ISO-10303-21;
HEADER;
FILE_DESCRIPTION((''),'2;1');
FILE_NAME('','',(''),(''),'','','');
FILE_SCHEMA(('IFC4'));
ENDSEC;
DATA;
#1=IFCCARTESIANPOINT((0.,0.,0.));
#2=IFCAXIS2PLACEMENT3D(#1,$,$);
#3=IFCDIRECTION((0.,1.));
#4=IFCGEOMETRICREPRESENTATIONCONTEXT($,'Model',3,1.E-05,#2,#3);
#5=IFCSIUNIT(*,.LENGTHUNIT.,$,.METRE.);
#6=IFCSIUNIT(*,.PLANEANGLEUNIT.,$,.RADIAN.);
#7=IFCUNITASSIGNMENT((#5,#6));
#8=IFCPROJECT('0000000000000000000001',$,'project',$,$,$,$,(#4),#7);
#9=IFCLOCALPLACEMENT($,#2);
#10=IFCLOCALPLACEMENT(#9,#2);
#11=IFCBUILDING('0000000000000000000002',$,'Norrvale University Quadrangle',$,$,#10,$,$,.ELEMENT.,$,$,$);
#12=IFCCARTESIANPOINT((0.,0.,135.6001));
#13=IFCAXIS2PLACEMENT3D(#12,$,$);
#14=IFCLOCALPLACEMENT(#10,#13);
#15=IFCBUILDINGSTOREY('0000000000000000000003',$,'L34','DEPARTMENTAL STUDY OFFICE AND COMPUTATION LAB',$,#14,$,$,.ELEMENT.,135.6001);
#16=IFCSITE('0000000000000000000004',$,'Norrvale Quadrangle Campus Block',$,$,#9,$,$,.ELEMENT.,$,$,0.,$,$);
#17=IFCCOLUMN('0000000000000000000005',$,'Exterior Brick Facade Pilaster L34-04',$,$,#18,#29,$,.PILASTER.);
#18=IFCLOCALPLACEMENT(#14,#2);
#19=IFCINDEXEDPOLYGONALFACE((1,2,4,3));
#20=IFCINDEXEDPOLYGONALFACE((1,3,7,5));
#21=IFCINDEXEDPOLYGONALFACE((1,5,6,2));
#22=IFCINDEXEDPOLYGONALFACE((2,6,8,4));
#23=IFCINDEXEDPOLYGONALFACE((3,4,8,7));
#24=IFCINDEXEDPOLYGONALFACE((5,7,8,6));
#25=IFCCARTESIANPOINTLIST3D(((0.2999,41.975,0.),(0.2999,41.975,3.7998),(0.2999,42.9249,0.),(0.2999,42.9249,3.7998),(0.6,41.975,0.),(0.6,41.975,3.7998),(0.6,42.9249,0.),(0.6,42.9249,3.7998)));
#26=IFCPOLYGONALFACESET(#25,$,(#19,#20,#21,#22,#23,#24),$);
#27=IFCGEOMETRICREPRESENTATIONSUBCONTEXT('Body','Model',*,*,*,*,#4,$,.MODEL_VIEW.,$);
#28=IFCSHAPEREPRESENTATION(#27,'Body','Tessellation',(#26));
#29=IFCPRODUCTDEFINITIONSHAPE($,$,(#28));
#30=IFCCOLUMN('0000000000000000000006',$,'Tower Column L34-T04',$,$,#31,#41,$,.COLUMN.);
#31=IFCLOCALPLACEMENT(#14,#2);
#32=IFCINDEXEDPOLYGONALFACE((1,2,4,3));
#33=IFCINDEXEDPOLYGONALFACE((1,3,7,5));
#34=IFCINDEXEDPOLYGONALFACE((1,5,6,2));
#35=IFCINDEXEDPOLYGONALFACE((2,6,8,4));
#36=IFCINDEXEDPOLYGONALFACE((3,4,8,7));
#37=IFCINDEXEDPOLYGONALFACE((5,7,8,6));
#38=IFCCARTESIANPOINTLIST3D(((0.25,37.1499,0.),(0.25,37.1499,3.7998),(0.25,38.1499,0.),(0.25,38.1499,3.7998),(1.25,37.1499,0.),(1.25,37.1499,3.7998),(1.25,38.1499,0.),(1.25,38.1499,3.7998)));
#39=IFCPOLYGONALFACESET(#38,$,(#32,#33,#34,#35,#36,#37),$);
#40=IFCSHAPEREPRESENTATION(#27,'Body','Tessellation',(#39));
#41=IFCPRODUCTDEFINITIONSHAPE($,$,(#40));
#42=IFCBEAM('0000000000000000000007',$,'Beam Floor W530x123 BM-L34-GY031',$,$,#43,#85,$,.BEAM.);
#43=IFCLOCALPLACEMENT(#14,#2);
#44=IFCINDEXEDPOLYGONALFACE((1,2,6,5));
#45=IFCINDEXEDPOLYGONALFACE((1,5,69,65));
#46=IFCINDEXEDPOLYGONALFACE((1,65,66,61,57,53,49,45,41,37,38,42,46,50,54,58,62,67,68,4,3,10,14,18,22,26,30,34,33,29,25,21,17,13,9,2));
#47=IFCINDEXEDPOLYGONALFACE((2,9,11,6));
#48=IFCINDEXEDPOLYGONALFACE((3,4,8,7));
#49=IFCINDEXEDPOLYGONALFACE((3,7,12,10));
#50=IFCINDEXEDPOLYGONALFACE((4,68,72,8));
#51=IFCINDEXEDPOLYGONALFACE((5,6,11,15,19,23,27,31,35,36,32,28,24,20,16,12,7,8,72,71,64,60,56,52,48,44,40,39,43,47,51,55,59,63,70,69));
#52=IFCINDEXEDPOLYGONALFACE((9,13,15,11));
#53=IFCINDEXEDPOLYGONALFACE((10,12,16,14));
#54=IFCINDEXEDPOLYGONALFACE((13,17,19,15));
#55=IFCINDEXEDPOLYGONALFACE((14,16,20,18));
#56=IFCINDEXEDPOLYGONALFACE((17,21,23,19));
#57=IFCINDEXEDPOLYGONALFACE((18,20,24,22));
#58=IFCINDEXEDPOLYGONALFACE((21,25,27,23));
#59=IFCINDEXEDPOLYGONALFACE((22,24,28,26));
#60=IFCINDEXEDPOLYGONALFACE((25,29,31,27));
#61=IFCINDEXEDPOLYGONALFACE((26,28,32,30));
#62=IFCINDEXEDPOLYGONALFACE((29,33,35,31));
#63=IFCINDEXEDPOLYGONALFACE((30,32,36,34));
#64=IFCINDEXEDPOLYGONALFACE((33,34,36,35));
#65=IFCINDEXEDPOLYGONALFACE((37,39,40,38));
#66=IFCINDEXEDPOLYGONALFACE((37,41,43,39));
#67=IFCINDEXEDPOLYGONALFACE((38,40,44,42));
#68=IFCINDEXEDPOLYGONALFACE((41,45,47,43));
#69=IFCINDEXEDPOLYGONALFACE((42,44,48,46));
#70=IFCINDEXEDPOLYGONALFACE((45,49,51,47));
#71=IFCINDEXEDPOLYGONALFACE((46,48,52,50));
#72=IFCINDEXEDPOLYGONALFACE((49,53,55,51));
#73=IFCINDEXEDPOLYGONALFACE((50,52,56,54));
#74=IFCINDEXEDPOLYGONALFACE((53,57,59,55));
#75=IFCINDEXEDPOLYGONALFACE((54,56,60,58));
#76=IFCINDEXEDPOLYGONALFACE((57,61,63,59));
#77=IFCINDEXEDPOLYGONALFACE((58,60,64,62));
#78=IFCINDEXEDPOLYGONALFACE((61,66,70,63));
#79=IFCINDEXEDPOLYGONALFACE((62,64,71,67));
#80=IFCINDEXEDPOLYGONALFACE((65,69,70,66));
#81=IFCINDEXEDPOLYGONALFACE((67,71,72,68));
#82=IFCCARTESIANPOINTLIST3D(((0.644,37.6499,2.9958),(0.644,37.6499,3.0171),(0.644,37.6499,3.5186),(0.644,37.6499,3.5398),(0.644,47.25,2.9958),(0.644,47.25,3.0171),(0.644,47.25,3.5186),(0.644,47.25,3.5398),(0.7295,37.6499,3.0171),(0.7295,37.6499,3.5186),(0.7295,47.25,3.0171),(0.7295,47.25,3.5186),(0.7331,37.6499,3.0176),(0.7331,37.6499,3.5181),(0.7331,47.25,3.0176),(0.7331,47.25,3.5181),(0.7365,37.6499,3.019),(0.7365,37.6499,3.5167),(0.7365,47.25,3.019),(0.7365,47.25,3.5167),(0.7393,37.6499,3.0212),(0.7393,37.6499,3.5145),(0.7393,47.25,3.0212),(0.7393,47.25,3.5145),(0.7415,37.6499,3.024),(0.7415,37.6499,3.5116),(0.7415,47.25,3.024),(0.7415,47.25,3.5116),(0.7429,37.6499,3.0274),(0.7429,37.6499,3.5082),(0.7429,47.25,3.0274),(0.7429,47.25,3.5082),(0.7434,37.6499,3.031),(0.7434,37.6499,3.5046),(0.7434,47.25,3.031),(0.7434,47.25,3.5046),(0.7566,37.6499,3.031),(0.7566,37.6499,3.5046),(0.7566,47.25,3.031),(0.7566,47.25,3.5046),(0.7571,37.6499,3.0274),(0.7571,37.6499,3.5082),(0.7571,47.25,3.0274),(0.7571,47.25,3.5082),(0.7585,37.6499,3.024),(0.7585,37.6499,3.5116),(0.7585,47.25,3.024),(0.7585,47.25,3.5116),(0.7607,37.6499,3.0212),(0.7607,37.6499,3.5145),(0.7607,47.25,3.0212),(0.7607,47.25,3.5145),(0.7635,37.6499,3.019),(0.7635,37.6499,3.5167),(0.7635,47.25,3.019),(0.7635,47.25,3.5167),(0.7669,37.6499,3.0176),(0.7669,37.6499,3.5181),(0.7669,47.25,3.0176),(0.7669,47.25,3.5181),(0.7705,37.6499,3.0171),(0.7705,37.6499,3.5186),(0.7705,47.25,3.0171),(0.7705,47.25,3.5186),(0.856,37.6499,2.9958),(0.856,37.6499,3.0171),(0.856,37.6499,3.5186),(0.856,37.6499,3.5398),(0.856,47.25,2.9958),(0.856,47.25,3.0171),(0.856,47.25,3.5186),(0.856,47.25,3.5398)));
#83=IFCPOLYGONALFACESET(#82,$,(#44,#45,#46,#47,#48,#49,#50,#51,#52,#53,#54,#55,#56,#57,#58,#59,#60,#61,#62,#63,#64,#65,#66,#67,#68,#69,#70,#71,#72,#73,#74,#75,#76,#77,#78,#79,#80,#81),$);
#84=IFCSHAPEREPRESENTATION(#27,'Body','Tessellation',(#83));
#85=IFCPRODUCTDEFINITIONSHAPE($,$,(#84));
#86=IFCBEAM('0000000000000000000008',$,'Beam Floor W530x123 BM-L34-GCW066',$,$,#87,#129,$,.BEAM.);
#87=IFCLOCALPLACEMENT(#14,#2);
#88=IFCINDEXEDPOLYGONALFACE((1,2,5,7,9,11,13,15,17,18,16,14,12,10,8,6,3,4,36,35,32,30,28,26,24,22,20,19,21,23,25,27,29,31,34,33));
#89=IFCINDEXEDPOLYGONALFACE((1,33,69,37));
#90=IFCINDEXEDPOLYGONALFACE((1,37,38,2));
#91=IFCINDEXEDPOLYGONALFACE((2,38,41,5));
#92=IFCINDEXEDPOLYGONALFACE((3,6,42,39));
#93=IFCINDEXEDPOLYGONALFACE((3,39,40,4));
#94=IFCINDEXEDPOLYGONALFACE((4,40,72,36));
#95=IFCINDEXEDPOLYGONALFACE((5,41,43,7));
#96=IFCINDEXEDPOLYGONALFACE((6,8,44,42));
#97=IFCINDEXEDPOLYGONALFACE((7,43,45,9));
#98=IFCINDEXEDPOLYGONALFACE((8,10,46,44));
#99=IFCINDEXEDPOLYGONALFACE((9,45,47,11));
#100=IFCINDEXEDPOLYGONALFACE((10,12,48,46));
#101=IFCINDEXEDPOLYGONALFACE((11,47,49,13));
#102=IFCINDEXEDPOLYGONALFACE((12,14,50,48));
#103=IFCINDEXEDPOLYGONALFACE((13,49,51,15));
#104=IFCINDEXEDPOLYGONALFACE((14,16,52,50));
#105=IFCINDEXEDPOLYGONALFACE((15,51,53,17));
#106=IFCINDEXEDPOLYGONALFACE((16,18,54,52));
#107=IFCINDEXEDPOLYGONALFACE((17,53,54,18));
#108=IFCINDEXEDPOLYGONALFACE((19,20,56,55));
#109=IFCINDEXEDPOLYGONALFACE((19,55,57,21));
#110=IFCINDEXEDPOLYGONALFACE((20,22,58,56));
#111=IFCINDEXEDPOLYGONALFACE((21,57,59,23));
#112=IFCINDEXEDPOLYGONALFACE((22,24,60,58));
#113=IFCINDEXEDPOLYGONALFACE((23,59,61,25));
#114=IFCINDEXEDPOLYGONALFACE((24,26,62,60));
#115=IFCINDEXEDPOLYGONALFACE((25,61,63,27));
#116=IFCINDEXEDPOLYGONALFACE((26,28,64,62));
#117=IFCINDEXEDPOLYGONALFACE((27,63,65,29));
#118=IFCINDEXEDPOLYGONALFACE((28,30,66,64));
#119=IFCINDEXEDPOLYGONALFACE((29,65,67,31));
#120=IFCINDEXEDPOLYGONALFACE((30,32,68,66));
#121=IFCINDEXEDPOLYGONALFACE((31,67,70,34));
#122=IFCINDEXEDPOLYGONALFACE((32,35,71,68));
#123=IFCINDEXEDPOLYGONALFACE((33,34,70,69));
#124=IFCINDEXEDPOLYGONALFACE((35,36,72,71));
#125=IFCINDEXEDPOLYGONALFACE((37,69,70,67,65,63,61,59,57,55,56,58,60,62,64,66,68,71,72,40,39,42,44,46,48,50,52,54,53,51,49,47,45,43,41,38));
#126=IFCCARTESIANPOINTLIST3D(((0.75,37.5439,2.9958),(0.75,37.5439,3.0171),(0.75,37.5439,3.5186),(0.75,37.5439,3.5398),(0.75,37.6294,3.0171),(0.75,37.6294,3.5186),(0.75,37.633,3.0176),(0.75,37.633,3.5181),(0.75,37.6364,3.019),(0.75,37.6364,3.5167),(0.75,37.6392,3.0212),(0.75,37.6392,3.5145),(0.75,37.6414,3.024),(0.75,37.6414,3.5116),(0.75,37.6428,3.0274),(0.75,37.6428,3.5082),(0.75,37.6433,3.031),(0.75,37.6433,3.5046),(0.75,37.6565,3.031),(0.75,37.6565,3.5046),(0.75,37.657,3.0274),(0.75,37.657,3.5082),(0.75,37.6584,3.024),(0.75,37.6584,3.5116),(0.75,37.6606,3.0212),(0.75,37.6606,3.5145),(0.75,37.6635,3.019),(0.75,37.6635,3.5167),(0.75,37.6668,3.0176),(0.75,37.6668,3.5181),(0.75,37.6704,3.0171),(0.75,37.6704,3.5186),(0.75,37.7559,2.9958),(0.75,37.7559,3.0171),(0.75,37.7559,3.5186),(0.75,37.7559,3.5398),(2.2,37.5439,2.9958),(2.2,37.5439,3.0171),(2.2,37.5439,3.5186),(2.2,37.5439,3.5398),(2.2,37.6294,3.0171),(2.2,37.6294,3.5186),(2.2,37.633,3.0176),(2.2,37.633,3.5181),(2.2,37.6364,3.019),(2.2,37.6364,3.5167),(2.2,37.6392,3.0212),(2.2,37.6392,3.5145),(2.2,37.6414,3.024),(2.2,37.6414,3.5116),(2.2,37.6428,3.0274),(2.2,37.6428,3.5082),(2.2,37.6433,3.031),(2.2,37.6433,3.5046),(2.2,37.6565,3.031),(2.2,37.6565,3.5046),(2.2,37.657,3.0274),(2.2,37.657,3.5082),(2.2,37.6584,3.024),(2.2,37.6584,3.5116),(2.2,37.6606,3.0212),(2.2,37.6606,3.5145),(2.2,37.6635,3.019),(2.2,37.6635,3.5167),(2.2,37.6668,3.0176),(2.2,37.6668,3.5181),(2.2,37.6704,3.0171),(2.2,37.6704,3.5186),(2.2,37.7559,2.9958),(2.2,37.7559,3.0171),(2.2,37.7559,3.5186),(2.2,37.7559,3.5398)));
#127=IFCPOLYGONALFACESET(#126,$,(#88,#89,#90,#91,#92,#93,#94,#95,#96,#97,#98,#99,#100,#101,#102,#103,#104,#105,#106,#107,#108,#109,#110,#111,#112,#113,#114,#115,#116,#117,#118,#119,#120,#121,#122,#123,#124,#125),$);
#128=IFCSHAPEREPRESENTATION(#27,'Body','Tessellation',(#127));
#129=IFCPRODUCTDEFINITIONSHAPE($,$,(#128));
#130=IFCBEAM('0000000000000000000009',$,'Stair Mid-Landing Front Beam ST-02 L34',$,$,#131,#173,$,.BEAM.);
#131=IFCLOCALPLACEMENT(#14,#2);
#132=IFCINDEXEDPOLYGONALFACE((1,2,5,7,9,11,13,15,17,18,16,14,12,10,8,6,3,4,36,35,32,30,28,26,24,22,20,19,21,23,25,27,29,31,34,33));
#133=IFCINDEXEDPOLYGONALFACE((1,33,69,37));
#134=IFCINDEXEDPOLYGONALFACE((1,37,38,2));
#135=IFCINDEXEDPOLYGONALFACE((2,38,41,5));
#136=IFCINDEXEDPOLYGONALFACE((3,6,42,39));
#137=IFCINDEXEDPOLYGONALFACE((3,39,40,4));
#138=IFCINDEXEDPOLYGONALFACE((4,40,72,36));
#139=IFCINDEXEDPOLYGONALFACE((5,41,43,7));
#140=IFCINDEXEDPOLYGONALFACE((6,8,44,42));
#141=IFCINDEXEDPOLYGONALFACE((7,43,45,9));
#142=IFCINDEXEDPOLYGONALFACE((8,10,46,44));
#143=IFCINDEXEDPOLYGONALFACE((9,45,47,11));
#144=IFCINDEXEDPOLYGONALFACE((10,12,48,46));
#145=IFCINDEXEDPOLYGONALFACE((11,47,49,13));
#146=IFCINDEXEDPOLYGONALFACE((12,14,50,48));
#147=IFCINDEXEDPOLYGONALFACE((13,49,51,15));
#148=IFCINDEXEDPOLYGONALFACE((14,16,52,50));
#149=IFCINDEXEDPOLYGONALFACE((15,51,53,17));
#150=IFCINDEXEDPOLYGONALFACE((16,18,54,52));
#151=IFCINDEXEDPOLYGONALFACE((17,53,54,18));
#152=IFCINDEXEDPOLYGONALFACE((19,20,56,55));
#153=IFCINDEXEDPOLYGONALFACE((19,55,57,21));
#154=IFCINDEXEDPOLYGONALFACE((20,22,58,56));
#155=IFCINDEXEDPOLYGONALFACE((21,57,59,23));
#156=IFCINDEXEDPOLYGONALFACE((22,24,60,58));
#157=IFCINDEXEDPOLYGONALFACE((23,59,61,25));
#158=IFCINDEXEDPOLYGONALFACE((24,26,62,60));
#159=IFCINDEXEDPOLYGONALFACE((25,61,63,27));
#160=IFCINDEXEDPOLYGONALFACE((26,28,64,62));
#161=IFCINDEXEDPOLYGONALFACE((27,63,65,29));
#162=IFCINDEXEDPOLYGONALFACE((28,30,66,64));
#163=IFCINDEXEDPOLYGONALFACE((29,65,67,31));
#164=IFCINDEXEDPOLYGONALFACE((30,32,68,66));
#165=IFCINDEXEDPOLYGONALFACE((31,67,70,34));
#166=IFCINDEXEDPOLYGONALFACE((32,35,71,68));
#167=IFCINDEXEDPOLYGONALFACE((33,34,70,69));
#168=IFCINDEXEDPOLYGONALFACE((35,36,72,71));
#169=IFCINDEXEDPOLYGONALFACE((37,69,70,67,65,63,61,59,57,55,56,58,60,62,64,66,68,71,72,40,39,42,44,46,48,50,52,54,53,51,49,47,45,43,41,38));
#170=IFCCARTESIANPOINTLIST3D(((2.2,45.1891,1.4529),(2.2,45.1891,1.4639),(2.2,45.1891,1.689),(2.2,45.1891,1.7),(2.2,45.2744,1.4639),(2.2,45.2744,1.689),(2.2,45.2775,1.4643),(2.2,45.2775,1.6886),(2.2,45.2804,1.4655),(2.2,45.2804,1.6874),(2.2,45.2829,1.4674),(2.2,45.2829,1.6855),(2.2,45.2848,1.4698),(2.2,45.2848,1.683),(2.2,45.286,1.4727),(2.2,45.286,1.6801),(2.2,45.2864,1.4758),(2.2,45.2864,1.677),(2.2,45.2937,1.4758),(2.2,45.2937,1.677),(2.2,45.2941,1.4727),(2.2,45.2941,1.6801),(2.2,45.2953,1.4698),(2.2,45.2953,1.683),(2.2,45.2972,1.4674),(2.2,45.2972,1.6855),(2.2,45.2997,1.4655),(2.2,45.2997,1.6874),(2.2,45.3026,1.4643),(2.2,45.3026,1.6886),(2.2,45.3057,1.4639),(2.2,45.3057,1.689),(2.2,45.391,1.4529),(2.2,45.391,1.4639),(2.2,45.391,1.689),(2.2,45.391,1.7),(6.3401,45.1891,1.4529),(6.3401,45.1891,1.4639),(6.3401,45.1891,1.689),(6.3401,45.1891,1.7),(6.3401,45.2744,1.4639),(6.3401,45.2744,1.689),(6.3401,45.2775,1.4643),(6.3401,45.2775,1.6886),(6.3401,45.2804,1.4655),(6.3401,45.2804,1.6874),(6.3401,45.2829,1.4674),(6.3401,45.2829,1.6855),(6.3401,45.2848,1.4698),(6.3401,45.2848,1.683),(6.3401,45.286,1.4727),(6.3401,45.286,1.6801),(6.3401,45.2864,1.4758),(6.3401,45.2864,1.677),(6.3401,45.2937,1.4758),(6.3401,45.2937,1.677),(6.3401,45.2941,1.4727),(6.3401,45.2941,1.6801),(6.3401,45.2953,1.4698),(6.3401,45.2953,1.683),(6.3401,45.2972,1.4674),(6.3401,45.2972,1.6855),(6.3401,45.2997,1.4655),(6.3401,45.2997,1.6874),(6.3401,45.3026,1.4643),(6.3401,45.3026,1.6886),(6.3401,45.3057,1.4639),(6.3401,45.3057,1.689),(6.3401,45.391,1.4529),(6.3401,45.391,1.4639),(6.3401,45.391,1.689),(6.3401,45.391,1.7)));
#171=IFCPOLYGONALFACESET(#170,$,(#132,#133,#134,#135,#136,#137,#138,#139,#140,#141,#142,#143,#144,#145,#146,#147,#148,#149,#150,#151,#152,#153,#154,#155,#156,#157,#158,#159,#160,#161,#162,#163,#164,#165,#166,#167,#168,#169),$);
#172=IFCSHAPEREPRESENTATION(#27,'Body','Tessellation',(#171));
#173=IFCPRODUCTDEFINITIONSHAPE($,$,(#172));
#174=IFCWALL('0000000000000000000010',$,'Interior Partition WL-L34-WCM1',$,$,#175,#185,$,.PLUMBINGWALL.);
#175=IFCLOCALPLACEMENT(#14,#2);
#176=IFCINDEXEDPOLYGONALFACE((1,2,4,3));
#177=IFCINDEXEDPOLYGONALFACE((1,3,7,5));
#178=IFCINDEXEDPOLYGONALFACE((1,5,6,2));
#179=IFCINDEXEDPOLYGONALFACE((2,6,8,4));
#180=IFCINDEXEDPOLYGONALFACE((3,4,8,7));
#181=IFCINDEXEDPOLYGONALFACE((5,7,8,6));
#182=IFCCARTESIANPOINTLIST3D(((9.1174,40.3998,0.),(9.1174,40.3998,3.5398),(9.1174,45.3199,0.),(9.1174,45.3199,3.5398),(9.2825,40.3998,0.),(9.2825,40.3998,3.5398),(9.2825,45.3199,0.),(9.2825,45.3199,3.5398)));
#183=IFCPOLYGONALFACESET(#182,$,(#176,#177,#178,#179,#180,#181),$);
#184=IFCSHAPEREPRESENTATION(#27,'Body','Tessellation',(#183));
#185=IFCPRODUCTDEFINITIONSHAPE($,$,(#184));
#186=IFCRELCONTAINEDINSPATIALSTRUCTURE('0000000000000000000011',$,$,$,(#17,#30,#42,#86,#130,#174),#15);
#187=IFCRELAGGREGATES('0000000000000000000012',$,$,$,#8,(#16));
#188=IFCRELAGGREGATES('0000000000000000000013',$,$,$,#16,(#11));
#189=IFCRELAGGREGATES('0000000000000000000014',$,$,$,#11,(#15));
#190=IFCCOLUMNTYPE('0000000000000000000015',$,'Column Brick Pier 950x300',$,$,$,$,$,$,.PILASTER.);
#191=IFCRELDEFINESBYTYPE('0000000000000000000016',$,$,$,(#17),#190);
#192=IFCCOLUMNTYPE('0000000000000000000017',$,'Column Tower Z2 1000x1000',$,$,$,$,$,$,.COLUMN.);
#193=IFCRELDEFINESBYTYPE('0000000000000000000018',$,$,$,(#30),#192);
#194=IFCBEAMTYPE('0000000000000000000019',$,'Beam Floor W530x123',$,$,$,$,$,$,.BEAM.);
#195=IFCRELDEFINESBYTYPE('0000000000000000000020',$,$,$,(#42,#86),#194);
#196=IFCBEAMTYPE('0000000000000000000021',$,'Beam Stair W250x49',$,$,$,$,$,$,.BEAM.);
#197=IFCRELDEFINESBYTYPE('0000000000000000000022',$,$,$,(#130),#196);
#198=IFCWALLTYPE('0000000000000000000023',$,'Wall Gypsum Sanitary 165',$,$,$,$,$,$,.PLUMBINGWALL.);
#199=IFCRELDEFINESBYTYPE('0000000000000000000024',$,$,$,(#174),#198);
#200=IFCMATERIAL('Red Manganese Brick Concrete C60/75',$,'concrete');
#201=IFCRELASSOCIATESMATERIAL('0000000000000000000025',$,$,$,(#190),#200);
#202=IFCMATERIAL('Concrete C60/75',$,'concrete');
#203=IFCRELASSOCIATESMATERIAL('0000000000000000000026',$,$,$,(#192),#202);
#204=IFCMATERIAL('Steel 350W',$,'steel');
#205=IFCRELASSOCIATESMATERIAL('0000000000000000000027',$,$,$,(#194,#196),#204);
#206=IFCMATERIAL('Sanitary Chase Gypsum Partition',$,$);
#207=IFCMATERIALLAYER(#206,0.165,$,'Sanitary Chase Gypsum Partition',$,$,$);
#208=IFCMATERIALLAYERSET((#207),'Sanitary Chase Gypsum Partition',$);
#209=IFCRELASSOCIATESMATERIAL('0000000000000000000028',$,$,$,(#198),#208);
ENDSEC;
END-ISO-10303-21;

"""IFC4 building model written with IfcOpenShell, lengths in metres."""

from ifc_helpers import new_model, si_unit, direction, frame, frame_2d, origin, origin_2d, place, context, subcontext, project, spatial, rectangle, i_section, extrude, material, layer, layer_set, material_profile, profile_set, type_object, element, save


model = new_model("IFC4")

# Units and contexts
model_context = context("Model", 3, precision=1e-05, world=origin(), true_north=direction((0.0, 1.0)))
body_context = subcontext(model_context, "Body", "Model", "MODEL_VIEW")
ifc_project = project(units=[si_unit("LENGTHUNIT", "METRE"), si_unit("PLANEANGLEUNIT", "RADIAN")], contexts=[model_context])

# Site, building, storey
site_placement = place(None, origin())
site = spatial("IfcSite", under=ifc_project, at=site_placement, Name="Norrvale Quadrangle Campus Block", CompositionType="ELEMENT", RefElevation=0.0)
building_placement = place(site_placement, origin())
building = spatial("IfcBuilding", under=site, at=building_placement, Name="Norrvale University Quadrangle", CompositionType="ELEMENT")
storey_placement = place(building_placement, frame((0.0, 0.0, 135.6001)))
storey = spatial("IfcBuildingStorey", under=building, at=storey_placement, Name="L34", Description="DEPARTMENTAL STUDY OFFICE AND COMPUTATION LAB", CompositionType="ELEMENT", Elevation=135.6001)

# Columns
ifc_material_1 = material(Name="Red Manganese Brick Concrete C60/75", Category="concrete")
ifc_material_profile_1 = material_profile(ifc_material_1, rectangle(XDim=0.95, YDim=0.3, at=origin_2d()), Name="Red Manganese Brick Concrete C60/75")
ifc_profile_set_1 = profile_set([ifc_material_profile_1], Name="Red Manganese Brick Concrete C60/75")
column_type_1 = type_object("IfcColumnType", Name="Column Brick Pier 950x300", PredefinedType="PILASTER", material=ifc_profile_set_1)
column_1_placement = place(storey_placement, frame((0.45, 42.45, 0.0), z_axis=(0.0, 0.0, 1.0), x_axis=(0.0, 1.0, 0.0)))
element("IfcColumn", 1, at=column_1_placement, inside=storey, type_object=column_type_1, Name="Exterior Brick Facade Pilaster L34-04", PredefinedType="PILASTER", context=body_context, shape_type="SweptSolid", body=[
    extrude(rectangle(XDim=0.95, YDim=0.3, at=origin_2d()), origin(), (0.0, 0.0, 1.0), 3.7998),
])
ifc_material_2 = material(Name="Concrete C60/75", Category="concrete")
ifc_material_profile_2 = material_profile(ifc_material_2, rectangle(XDim=1.0, YDim=1.0, at=origin_2d()), Name="Concrete C60/75")
ifc_profile_set_2 = profile_set([ifc_material_profile_2], Name="Concrete C60/75")
column_type_2 = type_object("IfcColumnType", Name="Column Tower Z2 1000x1000", PredefinedType="COLUMN", material=ifc_profile_set_2)
column_2_placement = place(storey_placement, frame((0.75, 37.6499, 0.0), z_axis=(0.0, 0.0, 1.0), x_axis=(1.0, 0.0, 0.0)))
element("IfcColumn", 2, at=column_2_placement, inside=storey, type_object=column_type_2, Name="Tower Column L34-T04", PredefinedType="COLUMN", context=body_context, shape_type="SweptSolid", body=[
    extrude(rectangle(XDim=1.0, YDim=1.0, at=origin_2d()), origin(), (0.0, 0.0, 1.0), 3.7998),
])

# Beams
ifc_material_3 = material(Name="Steel 350W", Category="steel")
ifc_material_profile_3 = material_profile(ifc_material_3, i_section(OverallWidth=0.2119, OverallDepth=0.5439, WebThickness=0.0132, FlangeThickness=0.0212, FilletRadius=0.0139, at=origin_2d()), Name="Steel 350W")
ifc_profile_set_3 = profile_set([ifc_material_profile_3], Name="Steel 350W")
beam_type_1 = type_object("IfcBeamType", Name="Beam Floor W530x123", PredefinedType="BEAM", material=ifc_profile_set_3)
beam_1_placement = place(storey_placement, frame((0.75, 37.6499, 3.2678), z_axis=(0.0, 1.0, 0.0), x_axis=(-1.0, 0.0, 0.0)))
element("IfcBeam", 3, at=beam_1_placement, inside=storey, type_object=beam_type_1, Name="Beam Floor W530x123 BM-L34-GY031", PredefinedType="BEAM", context=body_context, shape_type="SweptSolid", body=[
    extrude(i_section(OverallWidth=0.2119, OverallDepth=0.5439, WebThickness=0.0132, FlangeThickness=0.0212, FilletRadius=0.0139, at=origin_2d()), origin(), (0.0, 0.0, 1.0), 9.6001),
])
beam_2_placement = place(storey_placement, frame((0.75, 37.6499, 3.2678), z_axis=(1.0, 0.0, 0.0), x_axis=(0.0, 1.0, 0.0)))
element("IfcBeam", 4, at=beam_2_placement, inside=storey, type_object=beam_type_1, Name="Beam Floor W530x123 BM-L34-GCW066", PredefinedType="BEAM", context=body_context, shape_type="SweptSolid", body=[
    extrude(i_section(OverallWidth=0.2119, OverallDepth=0.5439, WebThickness=0.0132, FlangeThickness=0.0212, FilletRadius=0.0139, at=origin_2d()), origin(), (0.0, 0.0, 1.0), 1.45),
])
ifc_material_profile_4 = material_profile(ifc_material_3, i_section(OverallWidth=0.2019, OverallDepth=0.2471, WebThickness=0.0073, FlangeThickness=0.011, FilletRadius=0.012, at=origin_2d()), Name="Steel 350W")
ifc_profile_set_4 = profile_set([ifc_material_profile_4], Name="Steel 350W")
beam_type_2 = type_object("IfcBeamType", Name="Beam Stair W250x49", PredefinedType="BEAM", material=ifc_profile_set_4)
beam_3_placement = place(storey_placement, frame((2.2, 45.29, 1.5764), z_axis=(1.0, 0.0, 0.0), x_axis=(0.0, 1.0, 0.0)))
element("IfcBeam", 5, at=beam_3_placement, inside=storey, type_object=beam_type_2, Name="Stair Mid-Landing Front Beam ST-02 L34", PredefinedType="BEAM", context=body_context, shape_type="SweptSolid", body=[
    extrude(i_section(OverallWidth=0.2019, OverallDepth=0.2471, WebThickness=0.0073, FlangeThickness=0.011, FilletRadius=0.012, at=origin_2d()), origin(), (0.0, 0.0, 1.0), 4.1401),
])

# Wall
ifc_material_4 = material(Name="Sanitary Chase Gypsum Partition")
ifc_layer_1 = layer(ifc_material_4, 0.165, Name="Sanitary Chase Gypsum Partition")
ifc_layer_set_1 = layer_set([ifc_layer_1], Name="Sanitary Chase Gypsum Partition")
wall_type_1 = type_object("IfcWallType", Name="Wall Gypsum Sanitary 165", PredefinedType="PLUMBINGWALL", material=ifc_layer_set_1)
wall_1_placement = place(storey_placement, frame((9.2, 40.3999, 0.0), z_axis=(0.0, 0.0, 1.0), x_axis=(0.0, 1.0, 0.0)))
element("IfcWall", 6, at=wall_1_placement, inside=storey, type_object=wall_type_1, Name="Interior Partition WL-L34-WCM1", PredefinedType="PLUMBINGWALL", context=body_context, shape_type="SweptSolid", body=[
    extrude(rectangle(XDim=4.9202, YDim=0.165, at=frame_2d((2.46, 0.0))), origin(), (0.0, 0.0, 1.0), 3.5398),
])

save(model, "model.ifc")
